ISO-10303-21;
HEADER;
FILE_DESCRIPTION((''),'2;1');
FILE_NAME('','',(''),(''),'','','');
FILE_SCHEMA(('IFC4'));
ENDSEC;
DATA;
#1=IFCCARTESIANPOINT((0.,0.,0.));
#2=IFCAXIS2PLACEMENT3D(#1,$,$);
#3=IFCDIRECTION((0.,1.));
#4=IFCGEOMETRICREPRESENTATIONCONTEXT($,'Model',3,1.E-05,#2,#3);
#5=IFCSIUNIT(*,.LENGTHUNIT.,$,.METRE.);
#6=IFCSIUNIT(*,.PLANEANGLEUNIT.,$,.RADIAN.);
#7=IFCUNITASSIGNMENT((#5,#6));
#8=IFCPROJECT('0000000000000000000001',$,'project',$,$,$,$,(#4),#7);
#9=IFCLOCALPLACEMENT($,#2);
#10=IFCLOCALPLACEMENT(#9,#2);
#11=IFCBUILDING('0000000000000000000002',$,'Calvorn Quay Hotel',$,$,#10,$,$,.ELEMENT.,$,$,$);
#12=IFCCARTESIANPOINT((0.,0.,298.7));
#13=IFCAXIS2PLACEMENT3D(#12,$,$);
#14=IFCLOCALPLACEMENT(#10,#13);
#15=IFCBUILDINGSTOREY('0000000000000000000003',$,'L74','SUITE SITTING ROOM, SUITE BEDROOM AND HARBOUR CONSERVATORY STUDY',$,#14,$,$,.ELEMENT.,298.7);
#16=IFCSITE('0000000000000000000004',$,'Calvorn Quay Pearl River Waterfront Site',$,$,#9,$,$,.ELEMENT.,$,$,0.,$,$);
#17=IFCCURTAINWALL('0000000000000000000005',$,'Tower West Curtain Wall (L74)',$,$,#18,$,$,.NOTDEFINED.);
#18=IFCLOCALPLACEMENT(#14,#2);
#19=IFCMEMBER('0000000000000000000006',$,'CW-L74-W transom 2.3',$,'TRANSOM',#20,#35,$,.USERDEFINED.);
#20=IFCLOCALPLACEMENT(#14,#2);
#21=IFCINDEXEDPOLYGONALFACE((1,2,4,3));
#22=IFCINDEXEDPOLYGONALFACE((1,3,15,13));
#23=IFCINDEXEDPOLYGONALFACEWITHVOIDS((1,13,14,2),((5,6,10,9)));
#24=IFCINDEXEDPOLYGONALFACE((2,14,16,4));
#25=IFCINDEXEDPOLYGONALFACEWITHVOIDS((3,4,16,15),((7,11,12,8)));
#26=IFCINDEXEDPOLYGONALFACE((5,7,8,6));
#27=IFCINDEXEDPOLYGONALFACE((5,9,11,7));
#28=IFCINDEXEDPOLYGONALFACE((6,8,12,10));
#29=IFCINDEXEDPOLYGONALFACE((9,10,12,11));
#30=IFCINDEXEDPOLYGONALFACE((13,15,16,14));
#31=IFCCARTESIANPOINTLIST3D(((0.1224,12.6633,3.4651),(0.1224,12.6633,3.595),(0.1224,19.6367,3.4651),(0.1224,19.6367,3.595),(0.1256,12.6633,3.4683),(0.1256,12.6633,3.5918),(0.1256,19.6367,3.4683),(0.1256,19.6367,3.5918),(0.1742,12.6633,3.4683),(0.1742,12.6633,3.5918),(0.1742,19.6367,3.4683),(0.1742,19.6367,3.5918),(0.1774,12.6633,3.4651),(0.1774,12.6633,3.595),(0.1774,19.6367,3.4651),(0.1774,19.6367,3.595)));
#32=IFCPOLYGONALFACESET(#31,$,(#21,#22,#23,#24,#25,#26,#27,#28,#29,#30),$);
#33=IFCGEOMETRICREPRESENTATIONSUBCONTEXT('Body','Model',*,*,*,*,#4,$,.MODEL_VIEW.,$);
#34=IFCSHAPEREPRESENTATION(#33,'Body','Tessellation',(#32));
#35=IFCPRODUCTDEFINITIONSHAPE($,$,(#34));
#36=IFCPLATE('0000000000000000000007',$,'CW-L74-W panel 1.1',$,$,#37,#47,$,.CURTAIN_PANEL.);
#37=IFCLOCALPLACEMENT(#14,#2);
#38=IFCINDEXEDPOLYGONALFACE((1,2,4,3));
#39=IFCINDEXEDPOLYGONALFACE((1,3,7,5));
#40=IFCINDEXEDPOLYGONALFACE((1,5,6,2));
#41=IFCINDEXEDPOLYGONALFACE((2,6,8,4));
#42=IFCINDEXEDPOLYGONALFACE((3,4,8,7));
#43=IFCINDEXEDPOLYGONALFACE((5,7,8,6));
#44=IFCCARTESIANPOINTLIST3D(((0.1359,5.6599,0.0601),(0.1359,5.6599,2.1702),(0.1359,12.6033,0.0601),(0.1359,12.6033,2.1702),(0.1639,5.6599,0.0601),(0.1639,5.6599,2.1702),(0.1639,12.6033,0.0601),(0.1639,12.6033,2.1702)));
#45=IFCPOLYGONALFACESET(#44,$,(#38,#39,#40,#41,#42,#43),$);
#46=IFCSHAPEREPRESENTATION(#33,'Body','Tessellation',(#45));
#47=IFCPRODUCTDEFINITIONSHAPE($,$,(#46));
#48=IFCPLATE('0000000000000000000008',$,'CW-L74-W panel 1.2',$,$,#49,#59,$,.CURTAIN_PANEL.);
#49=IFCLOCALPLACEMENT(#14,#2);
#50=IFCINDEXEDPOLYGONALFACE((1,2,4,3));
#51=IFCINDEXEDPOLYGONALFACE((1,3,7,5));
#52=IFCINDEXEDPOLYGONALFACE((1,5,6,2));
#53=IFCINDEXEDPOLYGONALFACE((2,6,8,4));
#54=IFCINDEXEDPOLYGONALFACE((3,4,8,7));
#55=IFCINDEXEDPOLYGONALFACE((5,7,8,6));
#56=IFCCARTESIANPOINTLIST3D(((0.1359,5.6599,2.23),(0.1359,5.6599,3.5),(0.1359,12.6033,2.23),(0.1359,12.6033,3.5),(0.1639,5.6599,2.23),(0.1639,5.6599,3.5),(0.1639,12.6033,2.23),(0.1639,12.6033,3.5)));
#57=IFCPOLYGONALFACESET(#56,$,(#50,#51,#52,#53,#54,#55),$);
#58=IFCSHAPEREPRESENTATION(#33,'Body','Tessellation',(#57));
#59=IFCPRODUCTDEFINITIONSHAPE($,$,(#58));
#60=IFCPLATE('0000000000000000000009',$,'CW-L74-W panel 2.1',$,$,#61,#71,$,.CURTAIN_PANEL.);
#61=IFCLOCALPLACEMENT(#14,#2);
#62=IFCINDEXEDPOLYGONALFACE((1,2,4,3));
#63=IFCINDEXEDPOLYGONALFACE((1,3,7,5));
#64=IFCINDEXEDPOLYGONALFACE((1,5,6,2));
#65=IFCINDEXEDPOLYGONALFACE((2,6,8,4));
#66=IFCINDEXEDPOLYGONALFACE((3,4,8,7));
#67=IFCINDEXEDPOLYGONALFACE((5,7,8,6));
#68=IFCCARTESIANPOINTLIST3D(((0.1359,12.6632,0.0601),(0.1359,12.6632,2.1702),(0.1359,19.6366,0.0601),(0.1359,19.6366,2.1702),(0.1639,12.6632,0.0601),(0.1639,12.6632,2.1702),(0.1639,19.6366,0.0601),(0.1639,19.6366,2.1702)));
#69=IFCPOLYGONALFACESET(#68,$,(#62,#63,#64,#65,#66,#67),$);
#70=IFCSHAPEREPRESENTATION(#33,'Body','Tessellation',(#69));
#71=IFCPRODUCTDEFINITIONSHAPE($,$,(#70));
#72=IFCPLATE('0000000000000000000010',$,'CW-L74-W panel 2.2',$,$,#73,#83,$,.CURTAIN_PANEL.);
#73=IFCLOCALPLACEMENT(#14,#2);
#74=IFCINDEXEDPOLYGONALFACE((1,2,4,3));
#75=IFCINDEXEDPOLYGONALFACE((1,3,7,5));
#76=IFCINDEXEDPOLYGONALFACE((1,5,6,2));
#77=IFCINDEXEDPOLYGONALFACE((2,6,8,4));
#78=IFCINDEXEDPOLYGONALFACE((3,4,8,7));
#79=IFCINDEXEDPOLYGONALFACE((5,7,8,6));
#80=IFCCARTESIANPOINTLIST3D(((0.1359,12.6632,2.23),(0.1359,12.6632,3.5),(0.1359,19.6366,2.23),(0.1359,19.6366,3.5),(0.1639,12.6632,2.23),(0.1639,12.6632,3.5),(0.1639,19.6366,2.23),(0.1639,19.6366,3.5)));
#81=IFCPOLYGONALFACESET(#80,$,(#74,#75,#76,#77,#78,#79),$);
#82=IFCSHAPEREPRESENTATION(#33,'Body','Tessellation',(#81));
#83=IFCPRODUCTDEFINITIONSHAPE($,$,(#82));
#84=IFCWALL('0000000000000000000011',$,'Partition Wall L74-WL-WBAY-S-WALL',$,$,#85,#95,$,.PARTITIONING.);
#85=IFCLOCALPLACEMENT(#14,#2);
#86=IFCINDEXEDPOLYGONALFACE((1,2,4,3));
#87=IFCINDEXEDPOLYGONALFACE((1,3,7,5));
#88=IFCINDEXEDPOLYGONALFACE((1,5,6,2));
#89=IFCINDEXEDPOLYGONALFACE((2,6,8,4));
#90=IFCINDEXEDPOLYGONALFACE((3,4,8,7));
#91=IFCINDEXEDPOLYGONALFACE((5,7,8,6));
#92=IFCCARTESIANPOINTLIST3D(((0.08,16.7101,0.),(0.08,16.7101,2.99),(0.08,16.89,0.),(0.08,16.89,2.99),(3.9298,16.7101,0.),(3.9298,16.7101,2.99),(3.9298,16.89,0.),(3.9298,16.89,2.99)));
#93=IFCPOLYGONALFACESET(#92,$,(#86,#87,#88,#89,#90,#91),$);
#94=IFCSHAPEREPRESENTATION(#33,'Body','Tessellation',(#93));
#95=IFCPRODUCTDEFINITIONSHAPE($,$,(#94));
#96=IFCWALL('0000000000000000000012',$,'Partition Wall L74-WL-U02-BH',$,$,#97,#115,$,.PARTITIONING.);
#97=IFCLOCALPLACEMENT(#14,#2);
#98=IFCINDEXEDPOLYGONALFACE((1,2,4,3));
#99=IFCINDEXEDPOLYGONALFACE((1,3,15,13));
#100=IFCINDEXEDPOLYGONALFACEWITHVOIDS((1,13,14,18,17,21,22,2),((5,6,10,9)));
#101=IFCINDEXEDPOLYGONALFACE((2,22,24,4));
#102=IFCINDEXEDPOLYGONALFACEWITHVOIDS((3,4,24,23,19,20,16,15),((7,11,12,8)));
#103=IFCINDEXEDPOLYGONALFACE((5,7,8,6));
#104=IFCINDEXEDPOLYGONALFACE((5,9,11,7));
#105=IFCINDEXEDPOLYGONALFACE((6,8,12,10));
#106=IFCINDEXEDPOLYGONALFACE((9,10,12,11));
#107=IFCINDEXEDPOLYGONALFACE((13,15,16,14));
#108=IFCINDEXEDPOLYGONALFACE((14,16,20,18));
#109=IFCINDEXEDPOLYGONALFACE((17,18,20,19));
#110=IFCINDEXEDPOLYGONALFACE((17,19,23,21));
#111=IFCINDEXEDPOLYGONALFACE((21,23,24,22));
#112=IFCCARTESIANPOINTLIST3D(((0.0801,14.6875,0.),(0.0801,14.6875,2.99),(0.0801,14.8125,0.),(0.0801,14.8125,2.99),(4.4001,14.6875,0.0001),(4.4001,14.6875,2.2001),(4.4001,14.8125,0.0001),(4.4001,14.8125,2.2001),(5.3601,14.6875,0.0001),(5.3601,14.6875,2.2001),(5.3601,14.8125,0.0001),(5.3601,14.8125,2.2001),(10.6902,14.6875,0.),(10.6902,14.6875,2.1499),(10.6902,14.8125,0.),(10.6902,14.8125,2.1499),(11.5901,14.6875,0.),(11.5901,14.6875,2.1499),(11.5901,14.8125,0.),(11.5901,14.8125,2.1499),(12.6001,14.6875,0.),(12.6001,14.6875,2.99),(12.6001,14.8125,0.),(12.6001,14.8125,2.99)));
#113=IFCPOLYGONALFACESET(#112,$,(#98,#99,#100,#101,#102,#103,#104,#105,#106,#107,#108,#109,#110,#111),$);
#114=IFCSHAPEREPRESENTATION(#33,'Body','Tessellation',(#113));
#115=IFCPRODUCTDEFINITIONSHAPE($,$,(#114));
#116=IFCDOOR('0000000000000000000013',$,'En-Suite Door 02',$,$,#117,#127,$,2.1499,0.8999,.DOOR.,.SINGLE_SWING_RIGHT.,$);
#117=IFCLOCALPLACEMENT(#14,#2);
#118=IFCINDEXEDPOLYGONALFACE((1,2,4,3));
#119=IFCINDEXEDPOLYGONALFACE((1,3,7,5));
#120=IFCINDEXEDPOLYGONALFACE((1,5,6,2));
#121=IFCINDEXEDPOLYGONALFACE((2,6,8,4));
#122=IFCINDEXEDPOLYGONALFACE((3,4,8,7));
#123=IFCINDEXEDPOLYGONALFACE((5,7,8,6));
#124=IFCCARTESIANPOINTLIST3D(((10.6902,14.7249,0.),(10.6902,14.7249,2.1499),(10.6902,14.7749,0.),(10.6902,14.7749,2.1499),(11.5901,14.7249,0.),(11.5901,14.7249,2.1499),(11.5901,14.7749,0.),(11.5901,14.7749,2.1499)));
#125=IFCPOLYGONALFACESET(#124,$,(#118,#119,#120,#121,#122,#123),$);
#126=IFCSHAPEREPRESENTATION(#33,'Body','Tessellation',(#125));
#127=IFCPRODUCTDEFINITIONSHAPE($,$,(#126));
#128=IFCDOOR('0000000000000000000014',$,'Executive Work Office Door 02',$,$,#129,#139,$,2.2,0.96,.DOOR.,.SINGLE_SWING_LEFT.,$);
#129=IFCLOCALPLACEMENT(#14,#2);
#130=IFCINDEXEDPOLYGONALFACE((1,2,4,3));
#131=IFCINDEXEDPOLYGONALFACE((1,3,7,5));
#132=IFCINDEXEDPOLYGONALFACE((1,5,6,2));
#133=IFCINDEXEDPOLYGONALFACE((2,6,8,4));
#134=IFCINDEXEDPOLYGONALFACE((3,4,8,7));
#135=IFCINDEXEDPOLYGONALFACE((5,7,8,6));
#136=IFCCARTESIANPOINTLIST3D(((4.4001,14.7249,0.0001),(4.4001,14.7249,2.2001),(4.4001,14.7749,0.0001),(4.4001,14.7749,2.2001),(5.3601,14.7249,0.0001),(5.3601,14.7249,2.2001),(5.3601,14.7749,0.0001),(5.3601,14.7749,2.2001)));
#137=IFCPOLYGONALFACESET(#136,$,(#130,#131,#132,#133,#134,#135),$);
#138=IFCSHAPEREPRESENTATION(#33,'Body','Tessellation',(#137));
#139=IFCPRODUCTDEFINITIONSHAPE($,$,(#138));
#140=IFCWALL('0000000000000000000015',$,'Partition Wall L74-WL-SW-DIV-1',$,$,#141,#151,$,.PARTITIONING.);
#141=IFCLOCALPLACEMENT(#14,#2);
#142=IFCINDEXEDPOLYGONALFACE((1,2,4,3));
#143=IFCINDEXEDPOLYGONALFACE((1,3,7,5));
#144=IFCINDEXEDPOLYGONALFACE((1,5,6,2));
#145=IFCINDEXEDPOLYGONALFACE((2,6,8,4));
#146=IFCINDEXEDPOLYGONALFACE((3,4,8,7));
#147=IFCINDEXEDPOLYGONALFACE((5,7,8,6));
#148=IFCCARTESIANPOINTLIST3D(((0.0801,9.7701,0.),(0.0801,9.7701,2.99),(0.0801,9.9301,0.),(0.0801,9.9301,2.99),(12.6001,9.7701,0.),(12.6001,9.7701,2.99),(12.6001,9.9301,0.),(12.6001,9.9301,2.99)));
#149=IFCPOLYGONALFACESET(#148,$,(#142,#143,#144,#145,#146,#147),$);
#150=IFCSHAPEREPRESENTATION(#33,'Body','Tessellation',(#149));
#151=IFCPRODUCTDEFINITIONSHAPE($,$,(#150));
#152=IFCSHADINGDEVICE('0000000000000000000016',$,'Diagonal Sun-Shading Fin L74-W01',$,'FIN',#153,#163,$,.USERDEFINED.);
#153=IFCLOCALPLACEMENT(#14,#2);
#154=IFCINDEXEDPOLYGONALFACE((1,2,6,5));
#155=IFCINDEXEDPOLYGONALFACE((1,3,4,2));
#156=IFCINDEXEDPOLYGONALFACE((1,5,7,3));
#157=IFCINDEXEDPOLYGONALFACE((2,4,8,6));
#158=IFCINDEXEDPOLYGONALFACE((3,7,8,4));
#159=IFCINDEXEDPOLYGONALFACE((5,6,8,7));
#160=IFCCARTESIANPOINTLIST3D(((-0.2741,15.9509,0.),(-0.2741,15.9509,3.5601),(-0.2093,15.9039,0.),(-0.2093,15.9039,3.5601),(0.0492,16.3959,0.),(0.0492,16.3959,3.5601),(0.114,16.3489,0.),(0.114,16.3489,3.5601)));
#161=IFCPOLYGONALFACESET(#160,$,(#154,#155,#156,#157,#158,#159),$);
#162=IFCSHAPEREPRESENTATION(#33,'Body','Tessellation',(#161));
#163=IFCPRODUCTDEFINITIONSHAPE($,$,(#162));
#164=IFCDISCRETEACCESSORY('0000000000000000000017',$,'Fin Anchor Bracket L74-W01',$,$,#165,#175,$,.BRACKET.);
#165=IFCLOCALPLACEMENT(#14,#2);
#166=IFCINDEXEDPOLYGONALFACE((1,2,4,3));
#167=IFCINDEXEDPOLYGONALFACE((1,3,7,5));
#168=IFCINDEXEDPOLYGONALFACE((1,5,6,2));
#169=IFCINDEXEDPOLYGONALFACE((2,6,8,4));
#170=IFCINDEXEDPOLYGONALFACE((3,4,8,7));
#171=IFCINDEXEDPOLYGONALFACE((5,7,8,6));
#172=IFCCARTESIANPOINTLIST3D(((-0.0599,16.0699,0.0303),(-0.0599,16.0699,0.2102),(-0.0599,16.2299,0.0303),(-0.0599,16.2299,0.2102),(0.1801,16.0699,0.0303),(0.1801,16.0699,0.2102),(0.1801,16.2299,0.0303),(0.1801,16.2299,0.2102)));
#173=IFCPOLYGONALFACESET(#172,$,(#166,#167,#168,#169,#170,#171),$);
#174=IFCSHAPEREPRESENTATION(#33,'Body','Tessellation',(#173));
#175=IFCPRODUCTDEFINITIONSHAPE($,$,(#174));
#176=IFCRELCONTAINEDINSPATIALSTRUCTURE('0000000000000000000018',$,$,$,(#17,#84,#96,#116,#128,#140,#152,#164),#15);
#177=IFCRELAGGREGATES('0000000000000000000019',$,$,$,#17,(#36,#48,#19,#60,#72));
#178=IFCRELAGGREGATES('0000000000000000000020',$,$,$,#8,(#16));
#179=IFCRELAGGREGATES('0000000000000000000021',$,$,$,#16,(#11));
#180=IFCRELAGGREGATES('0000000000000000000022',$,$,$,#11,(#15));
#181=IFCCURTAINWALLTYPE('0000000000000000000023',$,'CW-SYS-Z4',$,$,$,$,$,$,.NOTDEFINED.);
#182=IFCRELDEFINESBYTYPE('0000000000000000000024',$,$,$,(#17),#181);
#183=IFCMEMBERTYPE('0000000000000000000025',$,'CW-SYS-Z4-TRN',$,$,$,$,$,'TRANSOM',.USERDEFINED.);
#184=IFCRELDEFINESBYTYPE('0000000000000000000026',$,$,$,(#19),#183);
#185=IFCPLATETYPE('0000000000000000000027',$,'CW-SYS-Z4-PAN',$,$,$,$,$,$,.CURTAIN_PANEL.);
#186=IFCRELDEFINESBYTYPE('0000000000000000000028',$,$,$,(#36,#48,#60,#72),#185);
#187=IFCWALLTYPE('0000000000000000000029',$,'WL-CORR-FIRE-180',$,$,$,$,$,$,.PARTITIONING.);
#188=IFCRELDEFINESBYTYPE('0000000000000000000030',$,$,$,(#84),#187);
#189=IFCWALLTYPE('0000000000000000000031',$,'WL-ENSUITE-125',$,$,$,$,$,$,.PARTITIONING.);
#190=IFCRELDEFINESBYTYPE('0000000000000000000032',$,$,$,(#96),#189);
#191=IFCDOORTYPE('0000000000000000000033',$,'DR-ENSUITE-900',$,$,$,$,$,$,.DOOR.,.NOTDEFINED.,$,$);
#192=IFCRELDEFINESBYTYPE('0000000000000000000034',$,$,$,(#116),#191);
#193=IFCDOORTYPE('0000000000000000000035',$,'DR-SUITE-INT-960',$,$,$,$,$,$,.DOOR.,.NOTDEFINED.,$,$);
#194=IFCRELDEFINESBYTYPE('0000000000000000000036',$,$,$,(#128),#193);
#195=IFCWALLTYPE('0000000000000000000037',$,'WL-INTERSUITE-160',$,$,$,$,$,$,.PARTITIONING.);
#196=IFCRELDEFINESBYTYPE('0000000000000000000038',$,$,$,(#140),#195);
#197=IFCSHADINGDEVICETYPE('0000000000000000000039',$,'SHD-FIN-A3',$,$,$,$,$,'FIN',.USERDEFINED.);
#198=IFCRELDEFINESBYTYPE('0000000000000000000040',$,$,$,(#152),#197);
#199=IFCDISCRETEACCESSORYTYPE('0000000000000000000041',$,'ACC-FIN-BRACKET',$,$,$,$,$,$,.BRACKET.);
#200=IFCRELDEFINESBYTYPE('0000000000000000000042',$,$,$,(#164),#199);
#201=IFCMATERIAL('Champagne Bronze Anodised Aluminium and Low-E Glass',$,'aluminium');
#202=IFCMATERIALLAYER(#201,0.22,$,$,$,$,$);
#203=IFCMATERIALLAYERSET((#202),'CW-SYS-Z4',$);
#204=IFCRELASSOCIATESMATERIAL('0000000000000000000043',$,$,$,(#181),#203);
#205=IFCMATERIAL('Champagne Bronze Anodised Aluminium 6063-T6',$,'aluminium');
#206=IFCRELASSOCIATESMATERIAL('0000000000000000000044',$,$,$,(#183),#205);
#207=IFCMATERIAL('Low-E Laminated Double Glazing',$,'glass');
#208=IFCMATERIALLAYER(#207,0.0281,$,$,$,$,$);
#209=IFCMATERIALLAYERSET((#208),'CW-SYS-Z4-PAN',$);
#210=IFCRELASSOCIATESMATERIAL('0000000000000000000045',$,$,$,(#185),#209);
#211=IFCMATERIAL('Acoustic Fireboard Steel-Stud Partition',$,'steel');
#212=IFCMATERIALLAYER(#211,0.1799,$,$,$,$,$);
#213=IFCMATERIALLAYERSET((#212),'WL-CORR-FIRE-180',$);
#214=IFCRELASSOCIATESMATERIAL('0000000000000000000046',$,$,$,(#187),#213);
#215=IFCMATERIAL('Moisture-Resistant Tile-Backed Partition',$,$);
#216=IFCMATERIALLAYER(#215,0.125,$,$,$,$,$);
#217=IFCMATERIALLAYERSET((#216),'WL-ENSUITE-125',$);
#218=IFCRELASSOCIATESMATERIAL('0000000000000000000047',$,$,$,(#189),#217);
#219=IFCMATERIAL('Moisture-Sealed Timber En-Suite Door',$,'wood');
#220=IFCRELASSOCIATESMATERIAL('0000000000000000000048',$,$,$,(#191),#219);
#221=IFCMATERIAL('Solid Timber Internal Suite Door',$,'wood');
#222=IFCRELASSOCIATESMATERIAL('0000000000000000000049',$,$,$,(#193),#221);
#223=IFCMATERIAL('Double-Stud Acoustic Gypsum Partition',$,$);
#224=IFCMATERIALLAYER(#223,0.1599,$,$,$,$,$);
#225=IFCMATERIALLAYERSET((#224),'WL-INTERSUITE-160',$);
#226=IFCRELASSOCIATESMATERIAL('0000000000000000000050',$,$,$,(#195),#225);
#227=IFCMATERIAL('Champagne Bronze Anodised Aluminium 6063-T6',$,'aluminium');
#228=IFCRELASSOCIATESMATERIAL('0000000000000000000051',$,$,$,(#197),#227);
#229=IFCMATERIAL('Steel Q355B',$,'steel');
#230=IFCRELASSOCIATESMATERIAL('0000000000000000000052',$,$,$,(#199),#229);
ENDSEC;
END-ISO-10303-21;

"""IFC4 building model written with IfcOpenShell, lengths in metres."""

from ifc_helpers import new_model, si_unit, direction, frame, frame_2d, origin, origin_2d, place, context, subcontext, project, spatial, rectangle, hollow_rectangle, extrude, material, layer, layer_set, material_profile, profile_set, type_object, element, fill, aggregate, save


model = new_model("IFC4")

# Units and contexts
model_context = context("Model", 3, precision=1e-05, world=origin(), true_north=direction((0.0, 1.0)))
body_context = subcontext(model_context, "Body", "Model", "MODEL_VIEW")
ifc_project = project(units=[si_unit("LENGTHUNIT", "METRE"), si_unit("PLANEANGLEUNIT", "RADIAN")], contexts=[model_context])

# Site, building, storey
site_placement = place(None, origin())
site = spatial("IfcSite", under=ifc_project, at=site_placement, Name="Calvorn Quay Pearl River Waterfront Site", CompositionType="ELEMENT", RefElevation=0.0)
building_placement = place(site_placement, origin())
building = spatial("IfcBuilding", under=site, at=building_placement, Name="Calvorn Quay Hotel", CompositionType="ELEMENT")
storey_placement = place(building_placement, frame((0.0, 0.0, 298.7)))
storey = spatial("IfcBuildingStorey", under=building, at=storey_placement, Name="L74", Description="SUITE SITTING ROOM, SUITE BEDROOM AND HARBOUR CONSERVATORY STUDY", CompositionType="ELEMENT", Elevation=298.7)

# Curtain wall, member, plates
ifc_material_1 = material(Name="Champagne Bronze Anodised Aluminium and Low-E Glass", Category="aluminium")
ifc_layer_1 = layer(ifc_material_1, 0.22)
ifc_layer_set_1 = layer_set([ifc_layer_1], Name="CW-SYS-Z4")
curtain_wall_type = type_object("IfcCurtainWallType", Name="CW-SYS-Z4", PredefinedType="NOTDEFINED", material=ifc_layer_set_1)
curtain_wall_placement = place(storey_placement, origin())
curtain_wall = element("IfcCurtainWall", 1, at=curtain_wall_placement, inside=storey, type_object=curtain_wall_type, Name="Tower West Curtain Wall (L74)", PredefinedType="NOTDEFINED")
ifc_material_2 = material(Name="Champagne Bronze Anodised Aluminium 6063-T6", Category="aluminium")
ifc_material_profile_1 = material_profile(ifc_material_2, hollow_rectangle(XDim=0.0549, YDim=0.1299, WallThickness=0.0032, at=origin_2d()), Name="ALU-T130x55x3.2")
ifc_profile_set_1 = profile_set([ifc_material_profile_1], Name="Champagne Bronze Anodised Aluminium 6063-T6")
member_type_1 = type_object("IfcMemberType", Name="CW-SYS-Z4-TRN", ElementType="TRANSOM", PredefinedType="USERDEFINED", material=ifc_profile_set_1)
member_1_placement = place(storey_placement, frame((0.1499, 12.6633, 3.53), z_axis=(0.0, 1.0, 0.0), x_axis=(-1.0, 0.0, 0.0)))
member_1 = element("IfcMember", 2, at=member_1_placement, type_object=member_type_1, Name="CW-L74-W transom 2.3", ObjectType="TRANSOM", PredefinedType="USERDEFINED", context=body_context, shape_type="SweptSolid", body=[
    extrude(hollow_rectangle(XDim=0.0549, YDim=0.1299, WallThickness=0.0032, at=origin_2d()), origin(), (0.0, 0.0, 1.0), 6.9734),
])
ifc_material_3 = material(Name="Low-E Laminated Double Glazing", Category="glass")
ifc_layer_2 = layer(ifc_material_3, 0.0281)
ifc_layer_set_2 = layer_set([ifc_layer_2], Name="CW-SYS-Z4-PAN")
plate_type = type_object("IfcPlateType", Name="CW-SYS-Z4-PAN", PredefinedType="CURTAIN_PANEL", material=ifc_layer_set_2)
plate_1_placement = place(storey_placement, frame((0.1499, 9.1316, 0.0601), z_axis=(0.0, 0.0, 1.0), x_axis=(0.0, 1.0, 0.0)))
plate_1 = element("IfcPlate", 3, at=plate_1_placement, type_object=plate_type, Name="CW-L74-W panel 1.1", PredefinedType="CURTAIN_PANEL", context=body_context, shape_type="SweptSolid", body=[
    extrude(rectangle(XDim=6.9434, YDim=0.0281, at=origin_2d()), origin(), (0.0, 0.0, 1.0), 2.1101),
])
plate_2_placement = place(storey_placement, frame((0.1499, 9.1316, 2.23), z_axis=(0.0, 0.0, 1.0), x_axis=(0.0, 1.0, 0.0)))
plate_2 = element("IfcPlate", 4, at=plate_2_placement, type_object=plate_type, Name="CW-L74-W panel 1.2", PredefinedType="CURTAIN_PANEL", context=body_context, shape_type="SweptSolid", body=[
    extrude(rectangle(XDim=6.9434, YDim=0.0281, at=origin_2d()), origin(), (0.0, 0.0, 1.0), 1.27),
])
plate_3_placement = place(storey_placement, frame((0.1499, 16.1499, 0.0601), z_axis=(0.0, 0.0, 1.0), x_axis=(0.0, 1.0, 0.0)))
plate_3 = element("IfcPlate", 5, at=plate_3_placement, type_object=plate_type, Name="CW-L74-W panel 2.1", PredefinedType="CURTAIN_PANEL", context=body_context, shape_type="SweptSolid", body=[
    extrude(rectangle(XDim=6.9734, YDim=0.0281, at=origin_2d()), origin(), (0.0, 0.0, 1.0), 2.1101),
])
plate_4_placement = place(storey_placement, frame((0.1499, 16.1499, 2.23), z_axis=(0.0, 0.0, 1.0), x_axis=(0.0, 1.0, 0.0)))
plate_4 = element("IfcPlate", 6, at=plate_4_placement, type_object=plate_type, Name="CW-L74-W panel 2.2", PredefinedType="CURTAIN_PANEL", context=body_context, shape_type="SweptSolid", body=[
    extrude(rectangle(XDim=6.9734, YDim=0.0281, at=origin_2d()), origin(), (0.0, 0.0, 1.0), 1.27),
])
aggregate(curtain_wall, [plate_1, plate_2, member_1, plate_3, plate_4])

# Wall
ifc_material_4 = material(Name="Acoustic Fireboard Steel-Stud Partition", Category="steel")
ifc_layer_3 = layer(ifc_material_4, 0.1799)
ifc_layer_set_3 = layer_set([ifc_layer_3], Name="WL-CORR-FIRE-180")
wall_type_1 = type_object("IfcWallType", Name="WL-CORR-FIRE-180", PredefinedType="PARTITIONING", material=ifc_layer_set_3)
wall_1_placement = place(storey_placement, frame((0.0801, 16.8, 0.0), z_axis=(0.0, 0.0, 1.0), x_axis=(1.0, 0.0, 0.0)))
element("IfcWall", 7, at=wall_1_placement, inside=storey, type_object=wall_type_1, Name="Partition Wall L74-WL-WBAY-S-WALL", PredefinedType="PARTITIONING", context=body_context, shape_type="SweptSolid", body=[
    extrude(rectangle(XDim=3.8499, YDim=0.1799, at=frame_2d((1.9248, 0.0))), origin(), (0.0, 0.0, 1.0), 2.99),
])

# Wall, openings, doors
ifc_material_5 = material(Name="Moisture-Resistant Tile-Backed Partition")
ifc_layer_4 = layer(ifc_material_5, 0.125)
ifc_layer_set_4 = layer_set([ifc_layer_4], Name="WL-ENSUITE-125")
wall_type_2 = type_object("IfcWallType", Name="WL-ENSUITE-125", PredefinedType="PARTITIONING", material=ifc_layer_set_4)
wall_2_placement = place(storey_placement, frame((0.0801, 14.75, 0.0), z_axis=(0.0, 0.0, 1.0), x_axis=(1.0, 0.0, 0.0)))
wall_2 = element("IfcWall", 8, at=wall_2_placement, inside=storey, type_object=wall_type_2, Name="Partition Wall L74-WL-U02-BH", PredefinedType="PARTITIONING", context=body_context, shape_type="SweptSolid", body=[
    extrude(rectangle(XDim=12.52, YDim=0.125, at=frame_2d((6.26, 0.0))), origin(), (0.0, 0.0, 1.0), 2.99),
])
opening_1_placement = place(wall_2_placement, frame((4.3201, 0.0, 0.0)))
opening_1 = element("IfcOpeningElement", 9, at=opening_1_placement, cuts=wall_2, PredefinedType="OPENING", context=body_context, shape_type="SweptSolid", body=[
    extrude(rectangle(XDim=0.96, YDim=2.2, at=frame_2d((0.48, 1.1001))), frame((0.0, 0.0725, 0.0), z_axis=(0.0, -1.0, 0.0), x_axis=(1.0, 0.0, 0.0)), (0.0, 0.0, 1.0), 0.145),
])
opening_2_placement = place(wall_2_placement, frame((10.6101, 0.0, 0.0)))
opening_2 = element("IfcOpeningElement", 10, at=opening_2_placement, cuts=wall_2, PredefinedType="OPENING", context=body_context, shape_type="SweptSolid", body=[
    extrude(rectangle(XDim=0.8999, YDim=2.1499, at=frame_2d((0.45, 1.075))), frame((0.0, 0.0725, 0.0), z_axis=(0.0, -1.0, 0.0), x_axis=(1.0, 0.0, 0.0)), (0.0, 0.0, 1.0), 0.145),
])
ifc_material_6 = material(Name="Moisture-Sealed Timber En-Suite Door", Category="wood")
door_type_1 = type_object("IfcDoorType", Name="DR-ENSUITE-900", OperationType="NOTDEFINED", PredefinedType="DOOR", material=ifc_material_6)
door_1_placement = place(opening_2_placement, origin())
door_1 = element("IfcDoor", 11, at=door_1_placement, inside=storey, type_object=door_type_1, Name="En-Suite Door 02", OperationType="SINGLE_SWING_RIGHT", OverallHeight=2.1499, OverallWidth=0.8999, PredefinedType="DOOR", context=body_context, shape_type="SweptSolid", body=[
    extrude(rectangle(XDim=0.8999, YDim=2.1499, at=frame_2d((0.45, 1.075))), frame((0.0, 0.0249, 0.0), z_axis=(0.0, -1.0, 0.0), x_axis=(1.0, 0.0, 0.0)), (0.0, 0.0, 1.0), 0.05),
])
fill(opening_2, door_1)
ifc_material_7 = material(Name="Solid Timber Internal Suite Door", Category="wood")
door_type_2 = type_object("IfcDoorType", Name="DR-SUITE-INT-960", OperationType="NOTDEFINED", PredefinedType="DOOR", material=ifc_material_7)
door_2_placement = place(opening_1_placement, origin())
door_2 = element("IfcDoor", 12, at=door_2_placement, inside=storey, type_object=door_type_2, Name="Executive Work Office Door 02", OperationType="SINGLE_SWING_LEFT", OverallHeight=2.2, OverallWidth=0.96, PredefinedType="DOOR", context=body_context, shape_type="SweptSolid", body=[
    extrude(rectangle(XDim=0.96, YDim=2.2, at=frame_2d((0.48, 1.1001))), frame((0.0, 0.0249, 0.0), z_axis=(0.0, -1.0, 0.0), x_axis=(1.0, 0.0, 0.0)), (0.0, 0.0, 1.0), 0.05),
])
fill(opening_1, door_2)

# Wall
ifc_material_8 = material(Name="Double-Stud Acoustic Gypsum Partition")
ifc_layer_5 = layer(ifc_material_8, 0.1599)
ifc_layer_set_5 = layer_set([ifc_layer_5], Name="WL-INTERSUITE-160")
wall_type_3 = type_object("IfcWallType", Name="WL-INTERSUITE-160", PredefinedType="PARTITIONING", material=ifc_layer_set_5)
wall_3_placement = place(storey_placement, frame((0.0801, 9.8501, 0.0), z_axis=(0.0, 0.0, 1.0), x_axis=(1.0, 0.0, 0.0)))
element("IfcWall", 13, at=wall_3_placement, inside=storey, type_object=wall_type_3, Name="Partition Wall L74-WL-SW-DIV-1", PredefinedType="PARTITIONING", context=body_context, shape_type="SweptSolid", body=[
    extrude(rectangle(XDim=12.52, YDim=0.1599, at=frame_2d((6.26, 0.0))), origin(), (0.0, 0.0, 1.0), 2.99),
])

# Shading device
ifc_material_9 = material(Name="Champagne Bronze Anodised Aluminium 6063-T6", Category="aluminium")
shading_device_type = type_object("IfcShadingDeviceType", Name="SHD-FIN-A3", ElementType="FIN", PredefinedType="USERDEFINED", material=ifc_material_9)
shading_device_placement = place(storey_placement, frame((-0.0801, 16.1499, 0.0), z_axis=(0.0, 0.0, 1.0), x_axis=(0.587785, 0.809017, 0.0)))
element("IfcShadingDevice", 14, at=shading_device_placement, inside=storey, type_object=shading_device_type, Name="Diagonal Sun-Shading Fin L74-W01", ObjectType="FIN", PredefinedType="USERDEFINED", context=body_context, shape_type="SweptSolid", body=[
    extrude(rectangle(XDim=0.55, YDim=0.0801, at=origin_2d()), origin(), (0.0, 0.0, 1.0), 3.5601),
])

# Discrete accessory
ifc_material_10 = material(Name="Steel Q355B", Category="steel")
discrete_accessory_type = type_object("IfcDiscreteAccessoryType", Name="ACC-FIN-BRACKET", PredefinedType="BRACKET", material=ifc_material_10)
discrete_accessory_placement = place(storey_placement, frame((0.0601, 16.1499, 0.0303), z_axis=(0.0, 0.0, 1.0), x_axis=(1.0, 0.0, 0.0)))
element("IfcDiscreteAccessory", 15, at=discrete_accessory_placement, inside=storey, type_object=discrete_accessory_type, Name="Fin Anchor Bracket L74-W01", PredefinedType="BRACKET", context=body_context, shape_type="SweptSolid", body=[
    extrude(rectangle(XDim=0.24, YDim=0.1599, at=origin_2d()), origin(), (0.0, 0.0, 1.0), 0.1799),
])

save(model, "model.ifc")
